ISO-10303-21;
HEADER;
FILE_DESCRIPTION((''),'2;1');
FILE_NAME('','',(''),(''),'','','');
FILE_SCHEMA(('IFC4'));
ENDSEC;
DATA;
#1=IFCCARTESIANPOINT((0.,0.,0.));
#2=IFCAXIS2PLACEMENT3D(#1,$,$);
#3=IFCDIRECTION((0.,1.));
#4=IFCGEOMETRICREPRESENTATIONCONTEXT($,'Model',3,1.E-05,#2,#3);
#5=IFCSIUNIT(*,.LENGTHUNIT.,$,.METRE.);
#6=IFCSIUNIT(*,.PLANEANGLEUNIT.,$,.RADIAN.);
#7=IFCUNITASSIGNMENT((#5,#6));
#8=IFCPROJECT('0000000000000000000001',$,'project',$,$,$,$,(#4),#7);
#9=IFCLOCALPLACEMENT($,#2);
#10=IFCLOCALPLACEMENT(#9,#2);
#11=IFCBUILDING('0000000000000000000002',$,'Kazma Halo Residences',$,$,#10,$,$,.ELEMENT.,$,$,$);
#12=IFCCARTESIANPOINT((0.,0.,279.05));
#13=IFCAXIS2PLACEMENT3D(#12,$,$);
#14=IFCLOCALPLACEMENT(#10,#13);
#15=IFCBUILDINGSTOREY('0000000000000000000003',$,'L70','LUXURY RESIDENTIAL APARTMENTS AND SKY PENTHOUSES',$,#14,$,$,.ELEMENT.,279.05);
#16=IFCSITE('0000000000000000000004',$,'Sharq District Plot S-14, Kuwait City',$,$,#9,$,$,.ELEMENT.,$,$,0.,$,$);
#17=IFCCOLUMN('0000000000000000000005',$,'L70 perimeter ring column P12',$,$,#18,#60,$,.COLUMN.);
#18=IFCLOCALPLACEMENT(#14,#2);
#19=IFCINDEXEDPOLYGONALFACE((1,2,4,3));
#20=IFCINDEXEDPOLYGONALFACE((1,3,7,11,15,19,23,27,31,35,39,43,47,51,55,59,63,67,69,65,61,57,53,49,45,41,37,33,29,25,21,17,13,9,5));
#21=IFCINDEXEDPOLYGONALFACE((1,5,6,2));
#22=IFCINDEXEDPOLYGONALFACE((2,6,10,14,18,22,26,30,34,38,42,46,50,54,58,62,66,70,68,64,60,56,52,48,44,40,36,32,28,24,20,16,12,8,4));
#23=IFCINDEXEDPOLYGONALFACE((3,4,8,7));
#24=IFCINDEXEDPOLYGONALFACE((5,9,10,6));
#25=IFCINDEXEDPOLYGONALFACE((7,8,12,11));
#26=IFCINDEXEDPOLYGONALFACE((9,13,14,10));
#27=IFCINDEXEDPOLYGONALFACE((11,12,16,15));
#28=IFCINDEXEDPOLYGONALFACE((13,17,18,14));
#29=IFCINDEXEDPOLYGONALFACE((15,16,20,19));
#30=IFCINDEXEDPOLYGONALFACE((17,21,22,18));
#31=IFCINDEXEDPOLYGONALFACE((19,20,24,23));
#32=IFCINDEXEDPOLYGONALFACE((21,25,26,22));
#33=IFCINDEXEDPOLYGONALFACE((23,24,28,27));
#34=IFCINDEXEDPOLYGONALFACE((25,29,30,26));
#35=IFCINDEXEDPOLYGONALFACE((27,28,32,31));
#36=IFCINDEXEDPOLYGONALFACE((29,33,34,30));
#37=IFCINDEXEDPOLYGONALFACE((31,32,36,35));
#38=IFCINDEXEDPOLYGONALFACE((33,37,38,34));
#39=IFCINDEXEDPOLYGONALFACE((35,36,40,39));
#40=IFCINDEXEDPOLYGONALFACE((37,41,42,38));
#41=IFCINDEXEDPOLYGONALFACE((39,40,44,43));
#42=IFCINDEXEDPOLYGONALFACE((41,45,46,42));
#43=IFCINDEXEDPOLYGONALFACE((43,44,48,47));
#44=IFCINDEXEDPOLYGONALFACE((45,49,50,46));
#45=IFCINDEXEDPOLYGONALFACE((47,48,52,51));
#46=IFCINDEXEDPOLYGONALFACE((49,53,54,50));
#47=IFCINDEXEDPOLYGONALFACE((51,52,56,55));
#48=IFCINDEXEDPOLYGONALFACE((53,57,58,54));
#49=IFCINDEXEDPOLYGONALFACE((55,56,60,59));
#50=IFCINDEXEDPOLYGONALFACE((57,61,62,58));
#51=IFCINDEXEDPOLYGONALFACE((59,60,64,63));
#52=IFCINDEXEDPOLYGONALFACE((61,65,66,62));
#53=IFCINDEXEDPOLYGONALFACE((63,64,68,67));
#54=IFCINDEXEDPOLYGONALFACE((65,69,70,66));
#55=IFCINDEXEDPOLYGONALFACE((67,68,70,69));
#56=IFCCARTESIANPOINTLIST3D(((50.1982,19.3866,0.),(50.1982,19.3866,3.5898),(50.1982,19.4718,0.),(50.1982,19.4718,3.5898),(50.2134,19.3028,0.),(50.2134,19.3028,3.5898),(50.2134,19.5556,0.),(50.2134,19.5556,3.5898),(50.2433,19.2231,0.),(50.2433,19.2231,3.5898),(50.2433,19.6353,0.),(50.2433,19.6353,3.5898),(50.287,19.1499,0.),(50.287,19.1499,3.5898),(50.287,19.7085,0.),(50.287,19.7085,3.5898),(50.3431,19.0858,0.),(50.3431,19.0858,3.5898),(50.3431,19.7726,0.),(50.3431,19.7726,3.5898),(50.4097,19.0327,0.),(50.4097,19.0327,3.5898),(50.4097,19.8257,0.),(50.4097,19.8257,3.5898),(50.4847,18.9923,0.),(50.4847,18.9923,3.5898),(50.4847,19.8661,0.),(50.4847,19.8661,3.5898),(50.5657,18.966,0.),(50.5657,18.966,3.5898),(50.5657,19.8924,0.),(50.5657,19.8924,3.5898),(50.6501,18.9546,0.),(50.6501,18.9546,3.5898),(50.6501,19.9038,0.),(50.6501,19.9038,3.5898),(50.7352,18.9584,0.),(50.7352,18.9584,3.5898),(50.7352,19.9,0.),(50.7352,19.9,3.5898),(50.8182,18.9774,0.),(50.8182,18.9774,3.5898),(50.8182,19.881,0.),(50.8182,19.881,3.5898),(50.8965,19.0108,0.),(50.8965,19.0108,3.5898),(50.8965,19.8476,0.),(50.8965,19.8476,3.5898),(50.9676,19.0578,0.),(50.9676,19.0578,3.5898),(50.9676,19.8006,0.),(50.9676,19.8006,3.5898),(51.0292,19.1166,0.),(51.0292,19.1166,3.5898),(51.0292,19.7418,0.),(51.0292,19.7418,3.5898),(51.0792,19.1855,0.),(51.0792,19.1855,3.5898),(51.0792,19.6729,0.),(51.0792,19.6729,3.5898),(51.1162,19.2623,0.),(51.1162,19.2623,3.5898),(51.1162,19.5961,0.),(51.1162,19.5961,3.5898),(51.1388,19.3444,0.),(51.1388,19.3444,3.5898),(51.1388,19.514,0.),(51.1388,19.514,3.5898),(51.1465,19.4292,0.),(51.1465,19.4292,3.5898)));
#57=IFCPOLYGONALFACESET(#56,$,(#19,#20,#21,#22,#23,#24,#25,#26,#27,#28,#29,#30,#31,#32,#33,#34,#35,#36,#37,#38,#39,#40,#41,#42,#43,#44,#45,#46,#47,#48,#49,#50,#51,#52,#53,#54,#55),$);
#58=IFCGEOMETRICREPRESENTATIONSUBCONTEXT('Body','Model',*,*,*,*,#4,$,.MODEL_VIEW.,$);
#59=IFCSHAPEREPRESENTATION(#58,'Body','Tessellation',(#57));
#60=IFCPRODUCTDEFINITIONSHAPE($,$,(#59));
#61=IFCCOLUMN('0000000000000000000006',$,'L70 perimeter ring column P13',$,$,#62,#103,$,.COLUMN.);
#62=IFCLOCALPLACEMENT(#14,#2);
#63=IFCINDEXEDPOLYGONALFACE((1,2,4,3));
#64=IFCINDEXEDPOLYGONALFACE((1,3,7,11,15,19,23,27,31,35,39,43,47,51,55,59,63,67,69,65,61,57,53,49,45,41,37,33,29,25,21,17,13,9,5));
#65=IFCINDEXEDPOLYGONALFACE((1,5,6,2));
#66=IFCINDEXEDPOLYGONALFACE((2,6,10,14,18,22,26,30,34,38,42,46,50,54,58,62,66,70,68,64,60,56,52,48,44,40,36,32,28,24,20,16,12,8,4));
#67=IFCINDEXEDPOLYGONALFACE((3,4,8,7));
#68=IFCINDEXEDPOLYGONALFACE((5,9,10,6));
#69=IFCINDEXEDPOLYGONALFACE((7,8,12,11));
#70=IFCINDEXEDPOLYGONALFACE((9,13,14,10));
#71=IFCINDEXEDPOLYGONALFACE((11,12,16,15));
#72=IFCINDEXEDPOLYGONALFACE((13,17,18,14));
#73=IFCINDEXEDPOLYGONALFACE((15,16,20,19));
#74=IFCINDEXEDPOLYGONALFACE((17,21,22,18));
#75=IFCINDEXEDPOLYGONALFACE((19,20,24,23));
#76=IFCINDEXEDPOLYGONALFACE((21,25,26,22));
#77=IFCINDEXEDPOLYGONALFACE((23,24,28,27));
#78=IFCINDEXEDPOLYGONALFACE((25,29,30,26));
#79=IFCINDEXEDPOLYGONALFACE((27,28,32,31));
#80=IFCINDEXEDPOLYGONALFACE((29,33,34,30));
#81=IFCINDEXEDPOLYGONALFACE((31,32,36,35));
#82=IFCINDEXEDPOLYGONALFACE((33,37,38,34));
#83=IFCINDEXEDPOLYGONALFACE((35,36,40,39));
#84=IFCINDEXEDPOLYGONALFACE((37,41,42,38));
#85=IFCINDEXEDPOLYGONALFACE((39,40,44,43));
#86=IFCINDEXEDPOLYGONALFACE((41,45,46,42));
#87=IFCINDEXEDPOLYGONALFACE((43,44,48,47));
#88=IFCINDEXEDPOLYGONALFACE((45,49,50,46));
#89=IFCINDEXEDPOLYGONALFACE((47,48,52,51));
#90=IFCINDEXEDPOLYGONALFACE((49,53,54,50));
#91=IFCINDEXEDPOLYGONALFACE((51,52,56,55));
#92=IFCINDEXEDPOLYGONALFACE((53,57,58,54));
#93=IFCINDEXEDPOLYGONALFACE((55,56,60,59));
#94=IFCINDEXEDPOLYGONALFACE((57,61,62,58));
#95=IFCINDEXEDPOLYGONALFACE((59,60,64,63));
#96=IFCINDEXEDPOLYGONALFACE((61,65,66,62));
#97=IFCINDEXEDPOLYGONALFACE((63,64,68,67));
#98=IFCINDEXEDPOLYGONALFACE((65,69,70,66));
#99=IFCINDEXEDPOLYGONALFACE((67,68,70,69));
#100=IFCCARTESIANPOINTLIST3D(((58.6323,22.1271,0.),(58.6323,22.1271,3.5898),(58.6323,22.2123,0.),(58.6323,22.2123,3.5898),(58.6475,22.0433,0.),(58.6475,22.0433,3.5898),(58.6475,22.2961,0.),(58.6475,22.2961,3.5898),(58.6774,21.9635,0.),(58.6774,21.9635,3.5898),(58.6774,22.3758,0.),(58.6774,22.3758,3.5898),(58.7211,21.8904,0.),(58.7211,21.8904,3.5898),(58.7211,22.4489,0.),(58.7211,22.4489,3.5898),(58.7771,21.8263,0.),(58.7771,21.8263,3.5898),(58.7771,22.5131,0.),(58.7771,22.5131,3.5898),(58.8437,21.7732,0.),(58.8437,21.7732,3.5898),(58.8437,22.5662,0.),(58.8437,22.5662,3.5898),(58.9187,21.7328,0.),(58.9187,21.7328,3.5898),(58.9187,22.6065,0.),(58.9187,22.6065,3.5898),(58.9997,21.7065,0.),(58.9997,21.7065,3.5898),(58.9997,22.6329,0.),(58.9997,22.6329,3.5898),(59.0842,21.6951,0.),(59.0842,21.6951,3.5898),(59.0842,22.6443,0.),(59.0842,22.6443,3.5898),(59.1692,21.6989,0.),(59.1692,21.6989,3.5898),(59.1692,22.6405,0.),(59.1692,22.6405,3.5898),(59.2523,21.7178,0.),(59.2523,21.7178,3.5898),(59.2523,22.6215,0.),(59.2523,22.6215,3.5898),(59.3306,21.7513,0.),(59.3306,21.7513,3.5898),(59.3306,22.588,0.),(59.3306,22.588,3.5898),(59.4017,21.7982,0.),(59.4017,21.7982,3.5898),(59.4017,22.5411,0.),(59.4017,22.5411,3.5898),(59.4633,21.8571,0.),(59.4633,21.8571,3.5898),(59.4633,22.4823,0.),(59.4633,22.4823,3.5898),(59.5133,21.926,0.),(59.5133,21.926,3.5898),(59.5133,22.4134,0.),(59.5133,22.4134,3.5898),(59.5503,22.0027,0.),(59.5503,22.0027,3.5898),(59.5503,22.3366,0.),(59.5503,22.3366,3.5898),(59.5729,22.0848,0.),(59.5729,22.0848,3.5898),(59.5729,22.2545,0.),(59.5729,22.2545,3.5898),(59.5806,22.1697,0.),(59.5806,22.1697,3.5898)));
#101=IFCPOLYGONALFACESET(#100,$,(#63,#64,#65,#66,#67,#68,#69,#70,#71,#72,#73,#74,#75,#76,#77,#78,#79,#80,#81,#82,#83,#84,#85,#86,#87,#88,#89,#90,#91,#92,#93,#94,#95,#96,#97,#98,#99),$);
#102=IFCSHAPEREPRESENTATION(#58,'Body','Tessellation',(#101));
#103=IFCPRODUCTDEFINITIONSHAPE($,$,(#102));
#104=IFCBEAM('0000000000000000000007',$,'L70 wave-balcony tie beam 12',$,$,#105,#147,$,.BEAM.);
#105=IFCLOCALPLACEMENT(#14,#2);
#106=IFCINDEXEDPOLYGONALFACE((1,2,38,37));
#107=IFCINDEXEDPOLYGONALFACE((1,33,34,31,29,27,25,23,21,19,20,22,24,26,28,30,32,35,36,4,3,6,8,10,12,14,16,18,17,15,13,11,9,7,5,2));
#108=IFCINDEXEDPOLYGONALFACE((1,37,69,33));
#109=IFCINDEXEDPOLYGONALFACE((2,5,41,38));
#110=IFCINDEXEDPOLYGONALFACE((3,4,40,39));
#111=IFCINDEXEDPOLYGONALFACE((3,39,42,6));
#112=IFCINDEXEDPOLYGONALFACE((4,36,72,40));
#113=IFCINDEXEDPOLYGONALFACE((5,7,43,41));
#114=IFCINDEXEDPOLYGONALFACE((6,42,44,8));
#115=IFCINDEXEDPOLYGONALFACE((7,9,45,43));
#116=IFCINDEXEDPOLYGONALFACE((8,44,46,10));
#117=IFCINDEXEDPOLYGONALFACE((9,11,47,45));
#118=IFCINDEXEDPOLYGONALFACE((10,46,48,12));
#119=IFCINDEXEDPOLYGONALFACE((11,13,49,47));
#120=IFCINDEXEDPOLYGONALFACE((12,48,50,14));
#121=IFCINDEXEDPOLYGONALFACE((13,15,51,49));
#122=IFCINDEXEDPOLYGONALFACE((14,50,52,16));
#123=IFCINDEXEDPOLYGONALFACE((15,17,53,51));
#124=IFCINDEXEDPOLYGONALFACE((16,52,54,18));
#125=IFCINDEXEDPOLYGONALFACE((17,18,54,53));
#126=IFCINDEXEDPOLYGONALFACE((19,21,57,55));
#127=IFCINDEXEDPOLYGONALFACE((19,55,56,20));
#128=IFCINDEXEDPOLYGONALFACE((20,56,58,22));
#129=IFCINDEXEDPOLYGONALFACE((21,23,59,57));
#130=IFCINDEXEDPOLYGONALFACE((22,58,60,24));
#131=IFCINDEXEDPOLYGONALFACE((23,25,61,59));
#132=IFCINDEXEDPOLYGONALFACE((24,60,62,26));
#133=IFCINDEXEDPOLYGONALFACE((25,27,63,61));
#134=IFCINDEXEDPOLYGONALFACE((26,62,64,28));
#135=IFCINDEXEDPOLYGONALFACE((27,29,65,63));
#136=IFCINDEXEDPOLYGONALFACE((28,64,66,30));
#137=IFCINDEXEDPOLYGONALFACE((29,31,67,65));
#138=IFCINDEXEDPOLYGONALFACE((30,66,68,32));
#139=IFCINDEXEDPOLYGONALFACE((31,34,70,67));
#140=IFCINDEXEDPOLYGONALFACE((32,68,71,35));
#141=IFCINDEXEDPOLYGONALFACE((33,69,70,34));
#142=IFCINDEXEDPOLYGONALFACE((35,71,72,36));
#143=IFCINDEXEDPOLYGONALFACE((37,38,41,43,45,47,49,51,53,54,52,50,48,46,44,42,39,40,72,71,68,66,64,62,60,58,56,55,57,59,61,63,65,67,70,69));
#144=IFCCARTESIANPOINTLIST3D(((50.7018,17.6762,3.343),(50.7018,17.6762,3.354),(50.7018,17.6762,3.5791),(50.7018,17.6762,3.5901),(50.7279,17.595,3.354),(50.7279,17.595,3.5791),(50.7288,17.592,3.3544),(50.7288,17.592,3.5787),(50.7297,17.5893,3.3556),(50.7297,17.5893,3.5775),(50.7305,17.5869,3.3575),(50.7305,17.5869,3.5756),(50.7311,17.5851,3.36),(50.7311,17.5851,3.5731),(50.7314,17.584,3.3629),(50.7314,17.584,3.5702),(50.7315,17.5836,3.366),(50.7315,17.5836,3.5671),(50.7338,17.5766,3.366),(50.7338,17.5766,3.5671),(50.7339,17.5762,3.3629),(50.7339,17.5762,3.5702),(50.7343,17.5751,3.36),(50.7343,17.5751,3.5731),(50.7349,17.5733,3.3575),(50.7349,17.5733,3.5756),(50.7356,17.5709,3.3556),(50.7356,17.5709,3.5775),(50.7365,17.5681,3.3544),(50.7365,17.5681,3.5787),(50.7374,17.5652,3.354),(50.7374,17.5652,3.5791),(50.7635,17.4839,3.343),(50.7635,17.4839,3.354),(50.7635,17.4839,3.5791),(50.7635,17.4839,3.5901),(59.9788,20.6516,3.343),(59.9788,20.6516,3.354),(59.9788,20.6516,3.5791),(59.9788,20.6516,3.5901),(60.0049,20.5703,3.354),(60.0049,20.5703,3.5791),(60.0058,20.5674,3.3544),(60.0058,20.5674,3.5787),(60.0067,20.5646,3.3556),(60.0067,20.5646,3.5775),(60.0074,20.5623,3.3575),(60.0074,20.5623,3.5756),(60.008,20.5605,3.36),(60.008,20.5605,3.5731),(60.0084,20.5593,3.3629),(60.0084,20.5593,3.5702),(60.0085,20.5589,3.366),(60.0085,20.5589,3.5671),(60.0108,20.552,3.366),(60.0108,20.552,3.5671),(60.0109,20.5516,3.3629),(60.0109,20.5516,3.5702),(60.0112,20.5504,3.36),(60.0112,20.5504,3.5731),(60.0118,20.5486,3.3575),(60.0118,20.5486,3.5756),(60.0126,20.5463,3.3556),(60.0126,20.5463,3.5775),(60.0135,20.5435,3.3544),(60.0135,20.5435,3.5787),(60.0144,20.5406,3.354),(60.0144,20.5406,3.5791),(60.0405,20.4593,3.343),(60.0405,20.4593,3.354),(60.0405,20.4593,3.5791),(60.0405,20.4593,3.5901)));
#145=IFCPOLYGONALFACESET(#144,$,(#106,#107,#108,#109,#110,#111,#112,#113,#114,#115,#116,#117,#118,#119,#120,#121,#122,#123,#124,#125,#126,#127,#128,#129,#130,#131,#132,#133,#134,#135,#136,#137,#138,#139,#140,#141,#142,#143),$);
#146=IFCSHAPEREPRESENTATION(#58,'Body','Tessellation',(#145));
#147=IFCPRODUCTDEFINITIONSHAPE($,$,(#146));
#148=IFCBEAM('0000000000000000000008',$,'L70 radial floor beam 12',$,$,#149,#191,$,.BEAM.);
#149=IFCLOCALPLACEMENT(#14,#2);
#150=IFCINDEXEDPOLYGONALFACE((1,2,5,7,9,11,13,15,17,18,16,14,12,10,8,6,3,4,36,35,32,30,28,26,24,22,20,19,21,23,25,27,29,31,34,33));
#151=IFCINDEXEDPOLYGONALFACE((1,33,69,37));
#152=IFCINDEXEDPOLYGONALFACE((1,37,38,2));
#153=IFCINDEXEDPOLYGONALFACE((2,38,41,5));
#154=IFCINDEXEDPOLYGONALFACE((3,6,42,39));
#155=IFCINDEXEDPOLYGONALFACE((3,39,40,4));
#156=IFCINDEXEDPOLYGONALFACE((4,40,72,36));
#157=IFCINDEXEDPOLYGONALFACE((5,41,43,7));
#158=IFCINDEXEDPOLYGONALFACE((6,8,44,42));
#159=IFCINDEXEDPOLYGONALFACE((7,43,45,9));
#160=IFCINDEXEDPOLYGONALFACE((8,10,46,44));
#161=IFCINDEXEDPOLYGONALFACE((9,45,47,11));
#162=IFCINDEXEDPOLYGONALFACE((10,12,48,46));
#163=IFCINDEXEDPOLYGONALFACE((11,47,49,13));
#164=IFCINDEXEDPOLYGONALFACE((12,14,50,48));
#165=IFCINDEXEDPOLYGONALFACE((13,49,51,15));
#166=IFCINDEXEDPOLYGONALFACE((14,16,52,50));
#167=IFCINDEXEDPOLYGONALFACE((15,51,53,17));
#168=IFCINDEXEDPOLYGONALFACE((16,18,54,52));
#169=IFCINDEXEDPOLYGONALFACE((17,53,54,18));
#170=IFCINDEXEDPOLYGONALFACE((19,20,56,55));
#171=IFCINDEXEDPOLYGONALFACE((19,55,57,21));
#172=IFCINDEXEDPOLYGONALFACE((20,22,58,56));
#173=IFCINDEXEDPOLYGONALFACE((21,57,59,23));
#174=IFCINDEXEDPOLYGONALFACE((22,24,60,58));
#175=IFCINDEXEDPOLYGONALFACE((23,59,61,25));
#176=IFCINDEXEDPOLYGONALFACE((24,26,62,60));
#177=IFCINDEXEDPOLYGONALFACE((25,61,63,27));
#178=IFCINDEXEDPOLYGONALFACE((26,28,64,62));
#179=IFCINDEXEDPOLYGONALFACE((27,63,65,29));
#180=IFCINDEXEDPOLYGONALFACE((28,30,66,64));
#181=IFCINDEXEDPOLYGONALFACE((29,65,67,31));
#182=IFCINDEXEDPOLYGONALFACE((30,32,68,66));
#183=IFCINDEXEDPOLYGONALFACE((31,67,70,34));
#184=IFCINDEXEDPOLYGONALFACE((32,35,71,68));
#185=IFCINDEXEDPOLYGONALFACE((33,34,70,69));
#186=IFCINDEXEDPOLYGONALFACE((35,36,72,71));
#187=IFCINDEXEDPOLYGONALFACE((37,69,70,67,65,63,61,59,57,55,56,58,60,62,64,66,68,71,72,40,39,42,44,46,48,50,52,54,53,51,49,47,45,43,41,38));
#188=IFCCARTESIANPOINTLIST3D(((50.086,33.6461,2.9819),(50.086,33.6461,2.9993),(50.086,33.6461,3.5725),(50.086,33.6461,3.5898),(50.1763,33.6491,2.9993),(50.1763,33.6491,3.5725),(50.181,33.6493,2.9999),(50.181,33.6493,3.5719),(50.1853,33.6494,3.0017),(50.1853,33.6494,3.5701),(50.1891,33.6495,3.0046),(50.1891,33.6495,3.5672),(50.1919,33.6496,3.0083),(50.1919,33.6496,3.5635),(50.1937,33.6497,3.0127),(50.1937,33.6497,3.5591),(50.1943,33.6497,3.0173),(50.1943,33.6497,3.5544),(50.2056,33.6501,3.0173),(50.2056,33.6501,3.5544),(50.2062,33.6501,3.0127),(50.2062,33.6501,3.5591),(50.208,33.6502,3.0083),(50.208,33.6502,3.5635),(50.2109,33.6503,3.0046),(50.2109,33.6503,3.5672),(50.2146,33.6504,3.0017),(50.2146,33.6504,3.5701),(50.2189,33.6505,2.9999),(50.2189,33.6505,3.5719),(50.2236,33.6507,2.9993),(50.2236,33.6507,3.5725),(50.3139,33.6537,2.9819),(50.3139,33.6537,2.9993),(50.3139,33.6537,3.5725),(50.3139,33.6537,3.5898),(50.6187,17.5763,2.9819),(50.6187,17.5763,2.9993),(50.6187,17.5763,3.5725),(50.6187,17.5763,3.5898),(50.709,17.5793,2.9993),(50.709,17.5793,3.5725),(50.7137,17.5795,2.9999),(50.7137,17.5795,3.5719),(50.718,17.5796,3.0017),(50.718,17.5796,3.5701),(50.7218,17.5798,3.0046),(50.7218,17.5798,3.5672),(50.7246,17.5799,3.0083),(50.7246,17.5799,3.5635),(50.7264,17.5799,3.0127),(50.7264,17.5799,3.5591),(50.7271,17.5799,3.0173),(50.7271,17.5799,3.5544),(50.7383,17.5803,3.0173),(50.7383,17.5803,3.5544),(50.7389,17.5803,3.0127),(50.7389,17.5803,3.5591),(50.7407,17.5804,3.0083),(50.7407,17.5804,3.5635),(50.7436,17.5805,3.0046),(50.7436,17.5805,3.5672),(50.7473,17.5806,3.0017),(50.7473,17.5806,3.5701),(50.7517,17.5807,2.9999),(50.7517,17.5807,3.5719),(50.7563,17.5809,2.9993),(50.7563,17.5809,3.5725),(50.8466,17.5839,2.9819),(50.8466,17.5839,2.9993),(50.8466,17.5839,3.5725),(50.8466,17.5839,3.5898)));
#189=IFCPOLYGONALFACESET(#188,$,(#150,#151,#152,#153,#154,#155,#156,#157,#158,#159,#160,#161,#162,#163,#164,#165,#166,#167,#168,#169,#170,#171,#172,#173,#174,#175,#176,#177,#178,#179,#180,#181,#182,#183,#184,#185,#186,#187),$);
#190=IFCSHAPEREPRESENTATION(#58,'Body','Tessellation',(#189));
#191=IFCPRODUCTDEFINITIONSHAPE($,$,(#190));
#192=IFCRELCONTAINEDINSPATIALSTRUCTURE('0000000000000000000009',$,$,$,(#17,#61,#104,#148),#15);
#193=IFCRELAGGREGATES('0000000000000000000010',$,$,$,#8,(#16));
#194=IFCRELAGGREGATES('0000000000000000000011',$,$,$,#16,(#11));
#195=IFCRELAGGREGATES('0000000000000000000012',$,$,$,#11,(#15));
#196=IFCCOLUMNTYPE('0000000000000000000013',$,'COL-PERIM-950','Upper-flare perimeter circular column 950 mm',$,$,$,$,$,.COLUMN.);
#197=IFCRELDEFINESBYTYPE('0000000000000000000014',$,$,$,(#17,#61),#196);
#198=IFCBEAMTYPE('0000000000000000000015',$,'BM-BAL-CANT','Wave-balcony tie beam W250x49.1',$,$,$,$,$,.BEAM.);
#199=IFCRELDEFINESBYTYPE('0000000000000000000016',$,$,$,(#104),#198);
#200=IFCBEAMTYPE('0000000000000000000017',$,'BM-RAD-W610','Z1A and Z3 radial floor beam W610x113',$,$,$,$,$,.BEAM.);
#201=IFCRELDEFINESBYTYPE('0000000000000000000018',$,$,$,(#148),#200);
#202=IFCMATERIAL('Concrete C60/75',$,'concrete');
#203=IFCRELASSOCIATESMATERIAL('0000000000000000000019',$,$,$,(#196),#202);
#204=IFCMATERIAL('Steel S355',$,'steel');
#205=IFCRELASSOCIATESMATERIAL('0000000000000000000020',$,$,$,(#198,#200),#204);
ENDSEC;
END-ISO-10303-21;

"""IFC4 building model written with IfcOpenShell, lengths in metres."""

from ifc_helpers import new_model, si_unit, direction, frame, origin, origin_2d, place, context, subcontext, project, spatial, circle, i_section, extrude, material, material_profile, profile_set, type_object, element, save


model = new_model("IFC4")

# Units and contexts
model_context = context("Model", 3, precision=1e-05, world=origin(), true_north=direction((0.0, 1.0)))
body_context = subcontext(model_context, "Body", "Model", "MODEL_VIEW")
ifc_project = project(units=[si_unit("LENGTHUNIT", "METRE"), si_unit("PLANEANGLEUNIT", "RADIAN")], contexts=[model_context])

# Site, building, storey
site_placement = place(None, origin())
site = spatial("IfcSite", under=ifc_project, at=site_placement, Name="Sharq District Plot S-14, Kuwait City", CompositionType="ELEMENT", RefElevation=0.0)
building_placement = place(site_placement, origin())
building = spatial("IfcBuilding", under=site, at=building_placement, Name="Kazma Halo Residences", CompositionType="ELEMENT")
storey_placement = place(building_placement, frame((0.0, 0.0, 279.05)))
storey = spatial("IfcBuildingStorey", under=building, at=storey_placement, Name="L70", Description="LUXURY RESIDENTIAL APARTMENTS AND SKY PENTHOUSES", CompositionType="ELEMENT", Elevation=279.05)

# Columns
ifc_material_1 = material(Name="Concrete C60/75", Category="concrete")
ifc_material_profile_1 = material_profile(ifc_material_1, circle(Radius=0.4751, at=origin_2d()), Name="CIRC950")
ifc_profile_set_1 = profile_set([ifc_material_profile_1], Name="Concrete C60/75")
column_type = type_object("IfcColumnType", Name="COL-PERIM-950", Description="Upper-flare perimeter circular column 950 mm", PredefinedType="COLUMN", material=ifc_profile_set_1)
for number, where, z_axis, x_axis, name in (
    (1, (50.6714, 19.4292, 0.0), (0.0, 0.0, 1.0), (1.0, 0.0, 0.0), "L70 perimeter ring column P12"),
    (2, (59.1055, 22.1697, 0.0), (0.0, 0.0, 1.0), (1.0, 0.0, 0.0), "L70 perimeter ring column P13"),
):
    element("IfcColumn", number, at=place(storey_placement, frame(where, z_axis=z_axis, x_axis=x_axis)), inside=storey, type_object=column_type, Name=name, PredefinedType="COLUMN", context=body_context, shape_type="SweptSolid", body=[
        extrude(circle(Radius=0.4751, at=origin_2d()), origin(), (0.0, 0.0, 1.0), 3.5898),
    ])

# Beams
ifc_material_2 = material(Name="Steel S355", Category="steel")
ifc_material_profile_2 = material_profile(ifc_material_2, i_section(OverallWidth=0.2019, OverallDepth=0.2471, WebThickness=0.0073, FlangeThickness=0.011, FilletRadius=0.012, at=origin_2d()), Name="W250x49.1")
ifc_profile_set_2 = profile_set([ifc_material_profile_2], Name="Steel S355")
beam_type_1 = type_object("IfcBeamType", Name="BM-BAL-CANT", Description="Wave-balcony tie beam W250x49.1", PredefinedType="BEAM", material=ifc_profile_set_2)
beam_1_placement = place(storey_placement, frame((50.7327, 17.5801, 3.4666), z_axis=(0.952223, 0.305404, 0.0), x_axis=(-0.305404, 0.952223, 0.0)))
element("IfcBeam", 3, at=beam_1_placement, inside=storey, type_object=beam_type_1, Name="L70 wave-balcony tie beam 12", PredefinedType="BEAM", context=body_context, shape_type="SweptSolid", body=[
    extrude(i_section(OverallWidth=0.2019, OverallDepth=0.2471, WebThickness=0.0073, FlangeThickness=0.011, FilletRadius=0.012, at=origin_2d()), origin(), (0.0, 0.0, 1.0), 9.7424),
])
ifc_material_profile_3 = material_profile(ifc_material_2, i_section(OverallWidth=0.228, OverallDepth=0.6079, WebThickness=0.0112, FlangeThickness=0.0173, FilletRadius=0.0181, at=origin_2d()), Name="W610x113")
ifc_profile_set_3 = profile_set([ifc_material_profile_3], Name="Steel S355")
beam_type_2 = type_object("IfcBeamType", Name="BM-RAD-W610", Description="Z1A and Z3 radial floor beam W610x113", PredefinedType="BEAM", material=ifc_profile_set_3)
beam_2_placement = place(storey_placement, frame((50.2, 33.6499, 3.2859), z_axis=(0.033132, -0.999451, 0.0), x_axis=(0.999451, 0.033132, 0.0)))
element("IfcBeam", 4, at=beam_2_placement, inside=storey, type_object=beam_type_2, Name="L70 radial floor beam 12", PredefinedType="BEAM", context=body_context, shape_type="SweptSolid", body=[
    extrude(i_section(OverallWidth=0.228, OverallDepth=0.6079, WebThickness=0.0112, FlangeThickness=0.0173, FilletRadius=0.0181, at=origin_2d()), origin(), (0.0, 0.0, 1.0), 16.0786),
])

save(model, "model.ifc")
